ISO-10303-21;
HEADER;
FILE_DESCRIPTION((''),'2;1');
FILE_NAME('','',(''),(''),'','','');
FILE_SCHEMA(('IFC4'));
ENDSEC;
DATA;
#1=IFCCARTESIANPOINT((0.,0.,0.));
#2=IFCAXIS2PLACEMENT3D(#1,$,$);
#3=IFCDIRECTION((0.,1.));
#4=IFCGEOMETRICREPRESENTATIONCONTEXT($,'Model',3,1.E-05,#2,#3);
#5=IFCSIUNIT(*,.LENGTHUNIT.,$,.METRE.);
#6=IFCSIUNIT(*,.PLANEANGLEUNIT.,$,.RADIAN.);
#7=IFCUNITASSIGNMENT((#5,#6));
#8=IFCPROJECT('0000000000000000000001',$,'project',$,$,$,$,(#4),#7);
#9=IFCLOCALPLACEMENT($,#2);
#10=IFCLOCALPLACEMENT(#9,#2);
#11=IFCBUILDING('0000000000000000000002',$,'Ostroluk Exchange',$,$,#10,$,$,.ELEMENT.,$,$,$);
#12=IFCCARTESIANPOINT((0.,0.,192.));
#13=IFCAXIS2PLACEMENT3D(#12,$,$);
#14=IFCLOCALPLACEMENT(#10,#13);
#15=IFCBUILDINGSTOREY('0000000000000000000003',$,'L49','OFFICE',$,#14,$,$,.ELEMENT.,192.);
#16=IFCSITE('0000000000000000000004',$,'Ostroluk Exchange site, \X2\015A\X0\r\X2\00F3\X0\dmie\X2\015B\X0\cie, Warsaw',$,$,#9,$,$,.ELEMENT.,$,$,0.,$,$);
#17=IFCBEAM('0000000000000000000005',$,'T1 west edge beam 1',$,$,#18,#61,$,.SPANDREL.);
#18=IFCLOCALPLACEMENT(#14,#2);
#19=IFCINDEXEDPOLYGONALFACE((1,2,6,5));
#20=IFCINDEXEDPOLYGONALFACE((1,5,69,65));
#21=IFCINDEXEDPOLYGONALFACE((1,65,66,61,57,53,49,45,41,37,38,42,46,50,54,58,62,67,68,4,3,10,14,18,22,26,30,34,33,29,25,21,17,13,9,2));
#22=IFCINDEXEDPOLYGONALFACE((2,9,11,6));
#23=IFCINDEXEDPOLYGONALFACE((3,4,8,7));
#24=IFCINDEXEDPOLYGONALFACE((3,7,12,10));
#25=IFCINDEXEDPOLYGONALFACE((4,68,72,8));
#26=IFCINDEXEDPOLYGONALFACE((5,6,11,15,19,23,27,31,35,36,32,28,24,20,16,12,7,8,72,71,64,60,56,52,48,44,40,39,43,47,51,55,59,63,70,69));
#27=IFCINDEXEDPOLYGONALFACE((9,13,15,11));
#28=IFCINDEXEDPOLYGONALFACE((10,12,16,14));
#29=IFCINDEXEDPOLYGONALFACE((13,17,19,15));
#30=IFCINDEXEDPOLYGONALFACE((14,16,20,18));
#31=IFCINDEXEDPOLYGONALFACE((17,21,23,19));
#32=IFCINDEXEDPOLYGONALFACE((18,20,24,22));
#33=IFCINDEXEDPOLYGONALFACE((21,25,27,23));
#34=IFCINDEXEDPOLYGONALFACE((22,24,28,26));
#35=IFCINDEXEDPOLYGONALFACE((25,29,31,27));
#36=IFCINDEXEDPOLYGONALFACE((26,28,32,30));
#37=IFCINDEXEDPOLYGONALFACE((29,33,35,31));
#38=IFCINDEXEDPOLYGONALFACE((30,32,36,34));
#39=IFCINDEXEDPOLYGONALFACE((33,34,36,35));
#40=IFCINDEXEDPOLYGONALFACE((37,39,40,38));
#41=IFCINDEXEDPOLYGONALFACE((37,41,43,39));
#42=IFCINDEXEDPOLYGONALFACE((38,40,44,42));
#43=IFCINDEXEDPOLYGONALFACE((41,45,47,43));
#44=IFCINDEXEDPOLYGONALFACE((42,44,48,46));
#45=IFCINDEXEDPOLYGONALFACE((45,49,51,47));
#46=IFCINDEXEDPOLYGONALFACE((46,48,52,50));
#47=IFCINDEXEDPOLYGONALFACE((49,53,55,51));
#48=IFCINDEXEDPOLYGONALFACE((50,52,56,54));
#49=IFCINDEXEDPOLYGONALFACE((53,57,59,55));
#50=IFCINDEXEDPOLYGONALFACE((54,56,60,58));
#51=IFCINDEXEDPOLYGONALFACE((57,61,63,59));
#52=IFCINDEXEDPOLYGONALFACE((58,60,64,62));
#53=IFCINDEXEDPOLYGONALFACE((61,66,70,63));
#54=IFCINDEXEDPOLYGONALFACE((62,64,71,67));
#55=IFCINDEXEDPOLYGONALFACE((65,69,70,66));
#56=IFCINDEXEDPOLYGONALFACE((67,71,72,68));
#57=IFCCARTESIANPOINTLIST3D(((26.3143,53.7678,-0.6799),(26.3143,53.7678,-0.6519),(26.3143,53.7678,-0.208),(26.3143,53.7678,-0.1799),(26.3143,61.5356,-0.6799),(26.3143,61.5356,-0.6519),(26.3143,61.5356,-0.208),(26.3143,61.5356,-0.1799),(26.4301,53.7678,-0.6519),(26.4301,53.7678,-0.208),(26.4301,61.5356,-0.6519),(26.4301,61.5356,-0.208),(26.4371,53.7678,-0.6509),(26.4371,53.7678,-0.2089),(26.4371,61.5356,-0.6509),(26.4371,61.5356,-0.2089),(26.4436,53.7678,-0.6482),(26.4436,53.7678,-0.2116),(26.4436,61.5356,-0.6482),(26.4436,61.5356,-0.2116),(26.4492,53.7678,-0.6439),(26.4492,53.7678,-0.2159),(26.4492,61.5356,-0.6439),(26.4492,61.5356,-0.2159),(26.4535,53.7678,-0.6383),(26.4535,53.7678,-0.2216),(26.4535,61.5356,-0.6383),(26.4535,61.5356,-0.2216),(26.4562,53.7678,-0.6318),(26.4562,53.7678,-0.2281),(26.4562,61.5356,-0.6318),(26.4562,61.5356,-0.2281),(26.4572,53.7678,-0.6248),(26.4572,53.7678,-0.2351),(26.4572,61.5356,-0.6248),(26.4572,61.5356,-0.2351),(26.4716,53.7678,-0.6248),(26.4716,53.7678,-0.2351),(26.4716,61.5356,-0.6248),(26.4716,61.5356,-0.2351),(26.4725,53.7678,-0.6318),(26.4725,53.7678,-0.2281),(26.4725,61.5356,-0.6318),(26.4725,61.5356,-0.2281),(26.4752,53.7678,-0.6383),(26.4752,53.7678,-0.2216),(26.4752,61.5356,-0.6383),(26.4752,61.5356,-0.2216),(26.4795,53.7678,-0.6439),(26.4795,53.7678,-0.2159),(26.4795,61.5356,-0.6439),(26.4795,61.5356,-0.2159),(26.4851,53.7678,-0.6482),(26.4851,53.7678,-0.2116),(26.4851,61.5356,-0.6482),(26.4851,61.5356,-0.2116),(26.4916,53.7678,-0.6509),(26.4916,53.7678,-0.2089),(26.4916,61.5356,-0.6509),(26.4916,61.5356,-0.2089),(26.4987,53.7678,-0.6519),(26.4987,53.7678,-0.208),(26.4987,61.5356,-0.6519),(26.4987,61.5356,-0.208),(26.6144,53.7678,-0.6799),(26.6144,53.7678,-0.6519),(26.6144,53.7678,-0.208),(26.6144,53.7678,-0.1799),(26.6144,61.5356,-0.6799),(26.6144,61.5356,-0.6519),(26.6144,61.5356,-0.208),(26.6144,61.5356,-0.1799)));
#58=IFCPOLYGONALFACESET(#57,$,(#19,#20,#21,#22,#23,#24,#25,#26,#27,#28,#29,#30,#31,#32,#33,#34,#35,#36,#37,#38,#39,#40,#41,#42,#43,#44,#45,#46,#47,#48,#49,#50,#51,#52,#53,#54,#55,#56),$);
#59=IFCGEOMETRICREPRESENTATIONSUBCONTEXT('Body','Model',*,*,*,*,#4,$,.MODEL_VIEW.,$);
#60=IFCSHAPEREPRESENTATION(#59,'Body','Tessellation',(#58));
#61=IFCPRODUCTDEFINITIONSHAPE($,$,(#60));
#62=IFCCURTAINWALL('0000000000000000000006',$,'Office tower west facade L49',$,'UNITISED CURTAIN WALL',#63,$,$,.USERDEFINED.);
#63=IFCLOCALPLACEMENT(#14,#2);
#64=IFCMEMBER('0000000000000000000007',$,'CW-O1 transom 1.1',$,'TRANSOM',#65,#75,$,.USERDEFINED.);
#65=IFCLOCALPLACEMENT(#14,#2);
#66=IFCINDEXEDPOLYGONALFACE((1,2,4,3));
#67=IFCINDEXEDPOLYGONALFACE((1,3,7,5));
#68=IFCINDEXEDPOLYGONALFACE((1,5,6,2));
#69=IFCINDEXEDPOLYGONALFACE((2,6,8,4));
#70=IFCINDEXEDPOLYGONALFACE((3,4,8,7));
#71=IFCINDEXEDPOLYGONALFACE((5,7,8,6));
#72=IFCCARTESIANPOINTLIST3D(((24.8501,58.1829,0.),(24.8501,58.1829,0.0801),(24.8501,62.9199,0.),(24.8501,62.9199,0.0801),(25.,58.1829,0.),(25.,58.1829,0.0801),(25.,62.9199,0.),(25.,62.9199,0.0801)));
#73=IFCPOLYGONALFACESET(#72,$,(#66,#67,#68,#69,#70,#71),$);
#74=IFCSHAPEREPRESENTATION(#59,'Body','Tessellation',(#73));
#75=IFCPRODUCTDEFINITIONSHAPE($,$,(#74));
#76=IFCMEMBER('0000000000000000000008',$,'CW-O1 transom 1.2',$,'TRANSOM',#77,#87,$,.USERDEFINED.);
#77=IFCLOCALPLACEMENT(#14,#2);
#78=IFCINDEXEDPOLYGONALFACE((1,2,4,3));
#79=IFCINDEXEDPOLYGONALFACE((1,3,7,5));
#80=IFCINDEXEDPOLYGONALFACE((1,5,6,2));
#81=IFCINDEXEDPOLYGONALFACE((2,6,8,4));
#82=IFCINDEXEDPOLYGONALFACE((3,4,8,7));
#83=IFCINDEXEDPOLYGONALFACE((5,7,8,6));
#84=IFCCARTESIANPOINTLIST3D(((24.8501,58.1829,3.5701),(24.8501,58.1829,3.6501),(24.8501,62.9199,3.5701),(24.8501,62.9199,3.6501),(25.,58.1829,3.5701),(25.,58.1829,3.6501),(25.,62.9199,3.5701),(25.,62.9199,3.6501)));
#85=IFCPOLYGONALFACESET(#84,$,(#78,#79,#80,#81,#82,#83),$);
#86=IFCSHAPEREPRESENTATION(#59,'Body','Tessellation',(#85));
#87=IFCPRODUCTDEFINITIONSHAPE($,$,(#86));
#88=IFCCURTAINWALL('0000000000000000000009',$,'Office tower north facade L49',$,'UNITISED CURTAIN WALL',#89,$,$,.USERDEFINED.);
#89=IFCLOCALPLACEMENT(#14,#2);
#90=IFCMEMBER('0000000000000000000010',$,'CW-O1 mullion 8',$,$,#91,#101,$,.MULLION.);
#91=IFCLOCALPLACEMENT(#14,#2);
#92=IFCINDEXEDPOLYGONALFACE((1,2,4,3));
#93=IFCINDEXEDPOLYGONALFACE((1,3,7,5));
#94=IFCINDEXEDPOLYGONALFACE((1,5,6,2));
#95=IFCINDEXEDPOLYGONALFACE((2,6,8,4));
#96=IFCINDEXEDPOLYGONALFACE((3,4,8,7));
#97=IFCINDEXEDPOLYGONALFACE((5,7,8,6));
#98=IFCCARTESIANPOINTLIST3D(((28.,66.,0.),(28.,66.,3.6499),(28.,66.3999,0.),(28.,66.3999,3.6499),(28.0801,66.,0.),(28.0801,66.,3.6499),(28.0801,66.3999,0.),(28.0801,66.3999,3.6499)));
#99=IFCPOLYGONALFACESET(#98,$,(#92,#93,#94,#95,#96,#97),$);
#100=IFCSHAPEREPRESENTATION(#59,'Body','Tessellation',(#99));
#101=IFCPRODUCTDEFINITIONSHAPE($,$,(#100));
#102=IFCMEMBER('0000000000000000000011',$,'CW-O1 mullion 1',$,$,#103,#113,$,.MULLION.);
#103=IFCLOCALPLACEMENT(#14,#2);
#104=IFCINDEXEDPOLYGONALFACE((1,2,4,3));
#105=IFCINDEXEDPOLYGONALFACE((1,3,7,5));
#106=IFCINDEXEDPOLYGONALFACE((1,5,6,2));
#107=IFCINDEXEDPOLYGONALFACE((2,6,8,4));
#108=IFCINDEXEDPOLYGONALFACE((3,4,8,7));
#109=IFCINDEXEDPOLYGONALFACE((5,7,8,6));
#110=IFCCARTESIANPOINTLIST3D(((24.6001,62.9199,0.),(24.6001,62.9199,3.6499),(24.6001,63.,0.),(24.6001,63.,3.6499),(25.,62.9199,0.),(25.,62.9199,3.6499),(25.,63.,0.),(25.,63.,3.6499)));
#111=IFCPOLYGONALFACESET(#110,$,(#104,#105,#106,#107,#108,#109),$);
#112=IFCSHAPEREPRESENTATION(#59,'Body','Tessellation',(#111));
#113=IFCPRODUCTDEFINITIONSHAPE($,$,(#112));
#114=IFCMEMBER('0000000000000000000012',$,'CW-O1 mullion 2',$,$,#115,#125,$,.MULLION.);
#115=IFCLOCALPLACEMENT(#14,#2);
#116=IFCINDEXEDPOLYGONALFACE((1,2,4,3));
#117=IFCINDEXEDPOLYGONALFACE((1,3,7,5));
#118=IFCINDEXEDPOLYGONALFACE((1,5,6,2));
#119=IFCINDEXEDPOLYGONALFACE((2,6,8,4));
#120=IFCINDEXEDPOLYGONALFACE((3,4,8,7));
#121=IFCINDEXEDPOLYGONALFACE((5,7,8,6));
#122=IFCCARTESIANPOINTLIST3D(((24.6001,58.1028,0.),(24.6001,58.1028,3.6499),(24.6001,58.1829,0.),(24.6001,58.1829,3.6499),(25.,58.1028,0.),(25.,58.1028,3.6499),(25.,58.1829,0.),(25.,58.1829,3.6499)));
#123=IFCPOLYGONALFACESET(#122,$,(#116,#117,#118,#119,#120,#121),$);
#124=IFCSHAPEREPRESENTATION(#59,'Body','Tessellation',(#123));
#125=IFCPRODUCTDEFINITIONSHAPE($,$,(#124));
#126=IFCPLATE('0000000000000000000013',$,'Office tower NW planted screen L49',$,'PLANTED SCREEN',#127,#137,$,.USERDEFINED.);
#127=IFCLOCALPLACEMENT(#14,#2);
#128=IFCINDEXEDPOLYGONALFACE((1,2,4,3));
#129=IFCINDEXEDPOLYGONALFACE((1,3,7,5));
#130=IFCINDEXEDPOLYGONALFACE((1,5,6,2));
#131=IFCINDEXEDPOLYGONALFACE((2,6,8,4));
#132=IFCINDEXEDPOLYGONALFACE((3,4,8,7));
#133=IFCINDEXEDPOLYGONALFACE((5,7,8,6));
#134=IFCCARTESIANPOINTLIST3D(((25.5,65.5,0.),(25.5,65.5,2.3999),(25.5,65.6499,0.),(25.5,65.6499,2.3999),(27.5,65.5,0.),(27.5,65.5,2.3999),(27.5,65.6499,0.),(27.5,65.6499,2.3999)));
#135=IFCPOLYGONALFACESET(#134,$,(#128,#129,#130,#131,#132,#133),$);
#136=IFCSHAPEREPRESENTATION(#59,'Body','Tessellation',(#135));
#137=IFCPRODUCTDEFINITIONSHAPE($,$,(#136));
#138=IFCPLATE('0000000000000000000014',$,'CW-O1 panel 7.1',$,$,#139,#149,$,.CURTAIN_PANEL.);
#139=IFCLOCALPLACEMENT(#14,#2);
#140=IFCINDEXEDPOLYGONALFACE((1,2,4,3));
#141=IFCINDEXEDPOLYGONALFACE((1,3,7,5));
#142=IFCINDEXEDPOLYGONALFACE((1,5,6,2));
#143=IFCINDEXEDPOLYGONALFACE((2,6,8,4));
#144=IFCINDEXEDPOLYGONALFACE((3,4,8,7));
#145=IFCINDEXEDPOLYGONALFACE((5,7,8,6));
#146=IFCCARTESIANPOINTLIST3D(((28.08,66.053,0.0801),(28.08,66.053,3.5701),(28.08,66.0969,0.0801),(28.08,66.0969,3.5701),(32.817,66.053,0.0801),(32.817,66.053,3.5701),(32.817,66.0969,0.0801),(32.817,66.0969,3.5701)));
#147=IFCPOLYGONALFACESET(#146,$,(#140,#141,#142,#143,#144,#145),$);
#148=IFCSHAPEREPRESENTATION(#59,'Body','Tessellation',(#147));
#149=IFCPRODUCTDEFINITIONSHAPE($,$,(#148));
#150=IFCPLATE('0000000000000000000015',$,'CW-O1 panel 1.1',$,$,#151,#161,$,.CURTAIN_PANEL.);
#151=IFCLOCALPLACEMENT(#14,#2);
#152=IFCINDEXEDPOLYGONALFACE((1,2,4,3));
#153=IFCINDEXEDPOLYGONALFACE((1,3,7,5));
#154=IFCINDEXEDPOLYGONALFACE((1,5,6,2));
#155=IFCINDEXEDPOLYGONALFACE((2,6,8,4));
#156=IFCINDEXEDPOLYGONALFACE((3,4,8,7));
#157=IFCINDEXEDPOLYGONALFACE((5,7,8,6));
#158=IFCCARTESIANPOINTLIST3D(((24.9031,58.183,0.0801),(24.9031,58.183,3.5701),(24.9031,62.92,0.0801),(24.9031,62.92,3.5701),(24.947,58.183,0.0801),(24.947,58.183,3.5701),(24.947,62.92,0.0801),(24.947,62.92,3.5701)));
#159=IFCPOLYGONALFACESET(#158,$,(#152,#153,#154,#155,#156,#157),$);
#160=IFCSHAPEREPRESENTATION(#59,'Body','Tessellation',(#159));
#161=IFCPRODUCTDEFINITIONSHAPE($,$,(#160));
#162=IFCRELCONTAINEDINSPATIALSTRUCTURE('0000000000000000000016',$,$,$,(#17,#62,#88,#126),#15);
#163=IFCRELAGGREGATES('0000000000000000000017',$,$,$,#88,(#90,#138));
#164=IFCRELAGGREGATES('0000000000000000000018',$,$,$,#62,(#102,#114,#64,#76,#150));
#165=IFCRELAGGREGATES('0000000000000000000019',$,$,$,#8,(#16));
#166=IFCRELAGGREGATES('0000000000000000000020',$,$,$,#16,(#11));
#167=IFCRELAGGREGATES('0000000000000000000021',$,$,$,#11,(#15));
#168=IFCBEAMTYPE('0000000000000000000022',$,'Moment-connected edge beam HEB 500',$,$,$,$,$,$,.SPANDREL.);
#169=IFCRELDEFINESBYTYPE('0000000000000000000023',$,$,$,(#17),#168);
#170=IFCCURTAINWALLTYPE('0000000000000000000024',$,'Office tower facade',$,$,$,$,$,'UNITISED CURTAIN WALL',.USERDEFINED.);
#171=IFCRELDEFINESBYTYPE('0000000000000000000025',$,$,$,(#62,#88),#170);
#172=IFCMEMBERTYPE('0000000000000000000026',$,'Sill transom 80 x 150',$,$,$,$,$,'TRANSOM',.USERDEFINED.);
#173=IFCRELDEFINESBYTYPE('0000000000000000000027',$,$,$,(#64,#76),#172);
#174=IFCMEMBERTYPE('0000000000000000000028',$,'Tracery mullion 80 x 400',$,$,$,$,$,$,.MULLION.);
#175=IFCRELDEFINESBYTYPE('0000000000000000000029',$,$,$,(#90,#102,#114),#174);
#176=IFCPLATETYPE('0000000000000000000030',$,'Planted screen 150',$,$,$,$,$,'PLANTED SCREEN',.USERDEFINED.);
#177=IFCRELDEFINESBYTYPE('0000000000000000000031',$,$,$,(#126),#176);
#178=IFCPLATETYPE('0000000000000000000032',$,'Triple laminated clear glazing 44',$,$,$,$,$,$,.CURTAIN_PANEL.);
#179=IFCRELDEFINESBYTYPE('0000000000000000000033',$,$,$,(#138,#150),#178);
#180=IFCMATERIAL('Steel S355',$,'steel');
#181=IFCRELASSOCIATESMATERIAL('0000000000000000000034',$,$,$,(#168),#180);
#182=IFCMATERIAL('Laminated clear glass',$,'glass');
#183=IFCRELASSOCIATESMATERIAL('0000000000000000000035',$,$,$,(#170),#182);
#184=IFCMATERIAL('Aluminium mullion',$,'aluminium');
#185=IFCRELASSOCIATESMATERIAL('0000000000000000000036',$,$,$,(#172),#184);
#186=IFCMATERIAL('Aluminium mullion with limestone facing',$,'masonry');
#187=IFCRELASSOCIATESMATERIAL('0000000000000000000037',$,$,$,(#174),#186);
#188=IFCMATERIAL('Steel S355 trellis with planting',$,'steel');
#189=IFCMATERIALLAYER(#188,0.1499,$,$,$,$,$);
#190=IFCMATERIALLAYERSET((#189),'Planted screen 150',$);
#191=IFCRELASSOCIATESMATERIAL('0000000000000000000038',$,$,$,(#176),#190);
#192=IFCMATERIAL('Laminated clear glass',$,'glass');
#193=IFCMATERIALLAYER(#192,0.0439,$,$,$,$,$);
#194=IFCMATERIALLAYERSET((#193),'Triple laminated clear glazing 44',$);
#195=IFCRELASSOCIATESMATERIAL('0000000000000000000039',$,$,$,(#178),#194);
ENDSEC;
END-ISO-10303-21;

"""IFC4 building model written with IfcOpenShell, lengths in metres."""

from ifc_helpers import new_model, si_unit, direction, frame, origin, origin_2d, place, context, subcontext, project, spatial, rectangle, i_section, extrude, material, layer, layer_set, material_profile, profile_set, type_object, element, aggregate, save


model = new_model("IFC4")

# Units and contexts
model_context = context("Model", 3, precision=1e-05, world=origin(), true_north=direction((0.0, 1.0)))
body_context = subcontext(model_context, "Body", "Model", "MODEL_VIEW")
ifc_project = project(units=[si_unit("LENGTHUNIT", "METRE"), si_unit("PLANEANGLEUNIT", "RADIAN")], contexts=[model_context])

# Site, building, storey
site_placement = place(None, origin())
site = spatial("IfcSite", under=ifc_project, at=site_placement, Name="Ostroluk Exchange site, Śródmieście, Warsaw", CompositionType="ELEMENT", RefElevation=0.0)
building_placement = place(site_placement, origin())
building = spatial("IfcBuilding", under=site, at=building_placement, Name="Ostroluk Exchange", CompositionType="ELEMENT")
storey_placement = place(building_placement, frame((0.0, 0.0, 192.0)))
storey = spatial("IfcBuildingStorey", under=building, at=storey_placement, Name="L49", Description="OFFICE", CompositionType="ELEMENT", Elevation=192.0)

# Beam
ifc_material_1 = material(Name="Steel S355", Category="steel")
ifc_material_profile_1 = material_profile(ifc_material_1, i_section(OverallWidth=0.3, OverallDepth=0.5, WebThickness=0.0144, FlangeThickness=0.0281, FilletRadius=0.0271, at=origin_2d()), Name="HEB 500")
ifc_profile_set_1 = profile_set([ifc_material_profile_1], Name="Steel S355")
beam_type_1 = type_object("IfcBeamType", Name="Moment-connected edge beam HEB 500", PredefinedType="SPANDREL", material=ifc_profile_set_1)
beam_1_placement = place(storey_placement, frame((26.4644, 61.5356, -0.4299), z_axis=(0.0, -1.0, 0.0), x_axis=(1.0, 0.0, 0.0)))
element("IfcBeam", 1, at=beam_1_placement, inside=storey, type_object=beam_type_1, Name="T1 west edge beam 1", PredefinedType="SPANDREL", context=body_context, shape_type="SweptSolid", body=[
    extrude(i_section(OverallWidth=0.3, OverallDepth=0.5, WebThickness=0.0144, FlangeThickness=0.0281, FilletRadius=0.0271, at=origin_2d()), origin(), (0.0, 0.0, 1.0), 7.7678),
])

# Curtain wall, members
ifc_material_2 = material(Name="Laminated clear glass", Category="glass")
curtain_wall_type = type_object("IfcCurtainWallType", Name="Office tower facade", ElementType="UNITISED CURTAIN WALL", PredefinedType="USERDEFINED", material=ifc_material_2)
curtain_wall_1_placement = place(storey_placement, origin())
curtain_wall_1 = element("IfcCurtainWall", 2, at=curtain_wall_1_placement, inside=storey, type_object=curtain_wall_type, Name="Office tower west facade L49", ObjectType="UNITISED CURTAIN WALL", PredefinedType="USERDEFINED")
ifc_material_3 = material(Name="Aluminium mullion", Category="aluminium")
ifc_material_profile_2 = material_profile(ifc_material_3, rectangle(XDim=0.1499, YDim=0.0801, at=origin_2d()), Name="Sill transom 80 x 150")
ifc_profile_set_2 = profile_set([ifc_material_profile_2], Name="Aluminium mullion")
member_type_1 = type_object("IfcMemberType", Name="Sill transom 80 x 150", ElementType="TRANSOM", PredefinedType="USERDEFINED", material=ifc_profile_set_2)
member_1_placement = place(storey_placement, frame((24.925, 62.9199, 0.04), z_axis=(0.0, -1.0, 0.0), x_axis=(1.0, 0.0, 0.0)))
member_1 = element("IfcMember", 3, at=member_1_placement, type_object=member_type_1, Name="CW-O1 transom 1.1", ObjectType="TRANSOM", PredefinedType="USERDEFINED", context=body_context, shape_type="SweptSolid", body=[
    extrude(rectangle(XDim=0.1499, YDim=0.0801, at=origin_2d()), origin(), (0.0, 0.0, 1.0), 4.7371),
])
member_2_placement = place(storey_placement, frame((24.925, 62.9199, 3.6101), z_axis=(0.0, -1.0, 0.0), x_axis=(1.0, 0.0, 0.0)))
member_2 = element("IfcMember", 4, at=member_2_placement, type_object=member_type_1, Name="CW-O1 transom 1.2", ObjectType="TRANSOM", PredefinedType="USERDEFINED", context=body_context, shape_type="SweptSolid", body=[
    extrude(rectangle(XDim=0.1499, YDim=0.0801, at=origin_2d()), origin(), (0.0, 0.0, 1.0), 4.7371),
])

# Curtain wall, member
curtain_wall_2_placement = place(storey_placement, origin())
curtain_wall_2 = element("IfcCurtainWall", 5, at=curtain_wall_2_placement, inside=storey, type_object=curtain_wall_type, Name="Office tower north facade L49", ObjectType="UNITISED CURTAIN WALL", PredefinedType="USERDEFINED")
ifc_material_4 = material(Name="Aluminium mullion with limestone facing", Category="masonry")
ifc_material_profile_3 = material_profile(ifc_material_4, rectangle(XDim=0.3999, YDim=0.0801, at=origin_2d()), Name="Tracery mullion 80 x 400")
ifc_profile_set_3 = profile_set([ifc_material_profile_3], Name="Aluminium mullion with limestone facing")
member_type_2 = type_object("IfcMemberType", Name="Tracery mullion 80 x 400", PredefinedType="MULLION", material=ifc_profile_set_3)
member_3_placement = place(storey_placement, frame((28.04, 66.2, 0.0), z_axis=(0.0, 0.0, 1.0), x_axis=(0.0, -1.0, 0.0)))
member_3 = element("IfcMember", 6, at=member_3_placement, type_object=member_type_2, Name="CW-O1 mullion 8", PredefinedType="MULLION", context=body_context, shape_type="SweptSolid", body=[
    extrude(rectangle(XDim=0.3999, YDim=0.0801, at=origin_2d()), origin(), (0.0, 0.0, 1.0), 3.6499),
])

# Members
member_4_placement = place(storey_placement, frame((24.8, 62.96, 0.0), z_axis=(0.0, 0.0, 1.0), x_axis=(1.0, 0.0, 0.0)))
member_4 = element("IfcMember", 7, at=member_4_placement, type_object=member_type_2, Name="CW-O1 mullion 1", PredefinedType="MULLION", context=body_context, shape_type="SweptSolid", body=[
    extrude(rectangle(XDim=0.3999, YDim=0.0801, at=origin_2d()), origin(), (0.0, 0.0, 1.0), 3.6499),
])
member_5_placement = place(storey_placement, frame((24.8, 58.1428, 0.0), z_axis=(0.0, 0.0, 1.0), x_axis=(1.0, 0.0, 0.0)))
member_5 = element("IfcMember", 8, at=member_5_placement, type_object=member_type_2, Name="CW-O1 mullion 2", PredefinedType="MULLION", context=body_context, shape_type="SweptSolid", body=[
    extrude(rectangle(XDim=0.3999, YDim=0.0801, at=origin_2d()), origin(), (0.0, 0.0, 1.0), 3.6499),
])

# Plates
ifc_material_5 = material(Name="Steel S355 trellis with planting", Category="steel")
ifc_layer_1 = layer(ifc_material_5, 0.1499)
ifc_layer_set_1 = layer_set([ifc_layer_1], Name="Planted screen 150")
plate_type_1 = type_object("IfcPlateType", Name="Planted screen 150", ElementType="PLANTED SCREEN", PredefinedType="USERDEFINED", material=ifc_layer_set_1)
plate_1_placement = place(storey_placement, frame((26.5, 65.575, 0.0), z_axis=(0.0, 0.0, 1.0), x_axis=(1.0, 0.0, 0.0)))
element("IfcPlate", 9, at=plate_1_placement, inside=storey, type_object=plate_type_1, Name="Office tower NW planted screen L49", ObjectType="PLANTED SCREEN", PredefinedType="USERDEFINED", context=body_context, shape_type="SweptSolid", body=[
    extrude(rectangle(XDim=2.0, YDim=0.1499, at=origin_2d()), origin(), (0.0, 0.0, 1.0), 2.3999),
])
ifc_material_6 = material(Name="Laminated clear glass", Category="glass")
ifc_layer_2 = layer(ifc_material_6, 0.0439)
ifc_layer_set_2 = layer_set([ifc_layer_2], Name="Triple laminated clear glazing 44")
plate_type_2 = type_object("IfcPlateType", Name="Triple laminated clear glazing 44", PredefinedType="CURTAIN_PANEL", material=ifc_layer_set_2)
plate_2_placement = place(storey_placement, frame((30.4485, 66.075, 0.0801), z_axis=(0.0, 0.0, 1.0), x_axis=(-1.0, 0.0, 0.0)))
plate_2 = element("IfcPlate", 10, at=plate_2_placement, type_object=plate_type_2, Name="CW-O1 panel 7.1", PredefinedType="CURTAIN_PANEL", context=body_context, shape_type="SweptSolid", body=[
    extrude(rectangle(XDim=4.7371, YDim=0.0439, at=origin_2d()), origin(), (0.0, 0.0, 1.0), 3.49),
])
aggregate(curtain_wall_2, [member_3, plate_2])
plate_3_placement = place(storey_placement, frame((24.925, 60.5515, 0.0801), z_axis=(0.0, 0.0, 1.0), x_axis=(0.0, -1.0, 0.0)))
plate_3 = element("IfcPlate", 11, at=plate_3_placement, type_object=plate_type_2, Name="CW-O1 panel 1.1", PredefinedType="CURTAIN_PANEL", context=body_context, shape_type="SweptSolid", body=[
    extrude(rectangle(XDim=4.7371, YDim=0.0439, at=origin_2d()), origin(), (0.0, 0.0, 1.0), 3.49),
])
aggregate(curtain_wall_1, [member_4, member_5, member_1, member_2, plate_3])

save(model, "model.ifc")
